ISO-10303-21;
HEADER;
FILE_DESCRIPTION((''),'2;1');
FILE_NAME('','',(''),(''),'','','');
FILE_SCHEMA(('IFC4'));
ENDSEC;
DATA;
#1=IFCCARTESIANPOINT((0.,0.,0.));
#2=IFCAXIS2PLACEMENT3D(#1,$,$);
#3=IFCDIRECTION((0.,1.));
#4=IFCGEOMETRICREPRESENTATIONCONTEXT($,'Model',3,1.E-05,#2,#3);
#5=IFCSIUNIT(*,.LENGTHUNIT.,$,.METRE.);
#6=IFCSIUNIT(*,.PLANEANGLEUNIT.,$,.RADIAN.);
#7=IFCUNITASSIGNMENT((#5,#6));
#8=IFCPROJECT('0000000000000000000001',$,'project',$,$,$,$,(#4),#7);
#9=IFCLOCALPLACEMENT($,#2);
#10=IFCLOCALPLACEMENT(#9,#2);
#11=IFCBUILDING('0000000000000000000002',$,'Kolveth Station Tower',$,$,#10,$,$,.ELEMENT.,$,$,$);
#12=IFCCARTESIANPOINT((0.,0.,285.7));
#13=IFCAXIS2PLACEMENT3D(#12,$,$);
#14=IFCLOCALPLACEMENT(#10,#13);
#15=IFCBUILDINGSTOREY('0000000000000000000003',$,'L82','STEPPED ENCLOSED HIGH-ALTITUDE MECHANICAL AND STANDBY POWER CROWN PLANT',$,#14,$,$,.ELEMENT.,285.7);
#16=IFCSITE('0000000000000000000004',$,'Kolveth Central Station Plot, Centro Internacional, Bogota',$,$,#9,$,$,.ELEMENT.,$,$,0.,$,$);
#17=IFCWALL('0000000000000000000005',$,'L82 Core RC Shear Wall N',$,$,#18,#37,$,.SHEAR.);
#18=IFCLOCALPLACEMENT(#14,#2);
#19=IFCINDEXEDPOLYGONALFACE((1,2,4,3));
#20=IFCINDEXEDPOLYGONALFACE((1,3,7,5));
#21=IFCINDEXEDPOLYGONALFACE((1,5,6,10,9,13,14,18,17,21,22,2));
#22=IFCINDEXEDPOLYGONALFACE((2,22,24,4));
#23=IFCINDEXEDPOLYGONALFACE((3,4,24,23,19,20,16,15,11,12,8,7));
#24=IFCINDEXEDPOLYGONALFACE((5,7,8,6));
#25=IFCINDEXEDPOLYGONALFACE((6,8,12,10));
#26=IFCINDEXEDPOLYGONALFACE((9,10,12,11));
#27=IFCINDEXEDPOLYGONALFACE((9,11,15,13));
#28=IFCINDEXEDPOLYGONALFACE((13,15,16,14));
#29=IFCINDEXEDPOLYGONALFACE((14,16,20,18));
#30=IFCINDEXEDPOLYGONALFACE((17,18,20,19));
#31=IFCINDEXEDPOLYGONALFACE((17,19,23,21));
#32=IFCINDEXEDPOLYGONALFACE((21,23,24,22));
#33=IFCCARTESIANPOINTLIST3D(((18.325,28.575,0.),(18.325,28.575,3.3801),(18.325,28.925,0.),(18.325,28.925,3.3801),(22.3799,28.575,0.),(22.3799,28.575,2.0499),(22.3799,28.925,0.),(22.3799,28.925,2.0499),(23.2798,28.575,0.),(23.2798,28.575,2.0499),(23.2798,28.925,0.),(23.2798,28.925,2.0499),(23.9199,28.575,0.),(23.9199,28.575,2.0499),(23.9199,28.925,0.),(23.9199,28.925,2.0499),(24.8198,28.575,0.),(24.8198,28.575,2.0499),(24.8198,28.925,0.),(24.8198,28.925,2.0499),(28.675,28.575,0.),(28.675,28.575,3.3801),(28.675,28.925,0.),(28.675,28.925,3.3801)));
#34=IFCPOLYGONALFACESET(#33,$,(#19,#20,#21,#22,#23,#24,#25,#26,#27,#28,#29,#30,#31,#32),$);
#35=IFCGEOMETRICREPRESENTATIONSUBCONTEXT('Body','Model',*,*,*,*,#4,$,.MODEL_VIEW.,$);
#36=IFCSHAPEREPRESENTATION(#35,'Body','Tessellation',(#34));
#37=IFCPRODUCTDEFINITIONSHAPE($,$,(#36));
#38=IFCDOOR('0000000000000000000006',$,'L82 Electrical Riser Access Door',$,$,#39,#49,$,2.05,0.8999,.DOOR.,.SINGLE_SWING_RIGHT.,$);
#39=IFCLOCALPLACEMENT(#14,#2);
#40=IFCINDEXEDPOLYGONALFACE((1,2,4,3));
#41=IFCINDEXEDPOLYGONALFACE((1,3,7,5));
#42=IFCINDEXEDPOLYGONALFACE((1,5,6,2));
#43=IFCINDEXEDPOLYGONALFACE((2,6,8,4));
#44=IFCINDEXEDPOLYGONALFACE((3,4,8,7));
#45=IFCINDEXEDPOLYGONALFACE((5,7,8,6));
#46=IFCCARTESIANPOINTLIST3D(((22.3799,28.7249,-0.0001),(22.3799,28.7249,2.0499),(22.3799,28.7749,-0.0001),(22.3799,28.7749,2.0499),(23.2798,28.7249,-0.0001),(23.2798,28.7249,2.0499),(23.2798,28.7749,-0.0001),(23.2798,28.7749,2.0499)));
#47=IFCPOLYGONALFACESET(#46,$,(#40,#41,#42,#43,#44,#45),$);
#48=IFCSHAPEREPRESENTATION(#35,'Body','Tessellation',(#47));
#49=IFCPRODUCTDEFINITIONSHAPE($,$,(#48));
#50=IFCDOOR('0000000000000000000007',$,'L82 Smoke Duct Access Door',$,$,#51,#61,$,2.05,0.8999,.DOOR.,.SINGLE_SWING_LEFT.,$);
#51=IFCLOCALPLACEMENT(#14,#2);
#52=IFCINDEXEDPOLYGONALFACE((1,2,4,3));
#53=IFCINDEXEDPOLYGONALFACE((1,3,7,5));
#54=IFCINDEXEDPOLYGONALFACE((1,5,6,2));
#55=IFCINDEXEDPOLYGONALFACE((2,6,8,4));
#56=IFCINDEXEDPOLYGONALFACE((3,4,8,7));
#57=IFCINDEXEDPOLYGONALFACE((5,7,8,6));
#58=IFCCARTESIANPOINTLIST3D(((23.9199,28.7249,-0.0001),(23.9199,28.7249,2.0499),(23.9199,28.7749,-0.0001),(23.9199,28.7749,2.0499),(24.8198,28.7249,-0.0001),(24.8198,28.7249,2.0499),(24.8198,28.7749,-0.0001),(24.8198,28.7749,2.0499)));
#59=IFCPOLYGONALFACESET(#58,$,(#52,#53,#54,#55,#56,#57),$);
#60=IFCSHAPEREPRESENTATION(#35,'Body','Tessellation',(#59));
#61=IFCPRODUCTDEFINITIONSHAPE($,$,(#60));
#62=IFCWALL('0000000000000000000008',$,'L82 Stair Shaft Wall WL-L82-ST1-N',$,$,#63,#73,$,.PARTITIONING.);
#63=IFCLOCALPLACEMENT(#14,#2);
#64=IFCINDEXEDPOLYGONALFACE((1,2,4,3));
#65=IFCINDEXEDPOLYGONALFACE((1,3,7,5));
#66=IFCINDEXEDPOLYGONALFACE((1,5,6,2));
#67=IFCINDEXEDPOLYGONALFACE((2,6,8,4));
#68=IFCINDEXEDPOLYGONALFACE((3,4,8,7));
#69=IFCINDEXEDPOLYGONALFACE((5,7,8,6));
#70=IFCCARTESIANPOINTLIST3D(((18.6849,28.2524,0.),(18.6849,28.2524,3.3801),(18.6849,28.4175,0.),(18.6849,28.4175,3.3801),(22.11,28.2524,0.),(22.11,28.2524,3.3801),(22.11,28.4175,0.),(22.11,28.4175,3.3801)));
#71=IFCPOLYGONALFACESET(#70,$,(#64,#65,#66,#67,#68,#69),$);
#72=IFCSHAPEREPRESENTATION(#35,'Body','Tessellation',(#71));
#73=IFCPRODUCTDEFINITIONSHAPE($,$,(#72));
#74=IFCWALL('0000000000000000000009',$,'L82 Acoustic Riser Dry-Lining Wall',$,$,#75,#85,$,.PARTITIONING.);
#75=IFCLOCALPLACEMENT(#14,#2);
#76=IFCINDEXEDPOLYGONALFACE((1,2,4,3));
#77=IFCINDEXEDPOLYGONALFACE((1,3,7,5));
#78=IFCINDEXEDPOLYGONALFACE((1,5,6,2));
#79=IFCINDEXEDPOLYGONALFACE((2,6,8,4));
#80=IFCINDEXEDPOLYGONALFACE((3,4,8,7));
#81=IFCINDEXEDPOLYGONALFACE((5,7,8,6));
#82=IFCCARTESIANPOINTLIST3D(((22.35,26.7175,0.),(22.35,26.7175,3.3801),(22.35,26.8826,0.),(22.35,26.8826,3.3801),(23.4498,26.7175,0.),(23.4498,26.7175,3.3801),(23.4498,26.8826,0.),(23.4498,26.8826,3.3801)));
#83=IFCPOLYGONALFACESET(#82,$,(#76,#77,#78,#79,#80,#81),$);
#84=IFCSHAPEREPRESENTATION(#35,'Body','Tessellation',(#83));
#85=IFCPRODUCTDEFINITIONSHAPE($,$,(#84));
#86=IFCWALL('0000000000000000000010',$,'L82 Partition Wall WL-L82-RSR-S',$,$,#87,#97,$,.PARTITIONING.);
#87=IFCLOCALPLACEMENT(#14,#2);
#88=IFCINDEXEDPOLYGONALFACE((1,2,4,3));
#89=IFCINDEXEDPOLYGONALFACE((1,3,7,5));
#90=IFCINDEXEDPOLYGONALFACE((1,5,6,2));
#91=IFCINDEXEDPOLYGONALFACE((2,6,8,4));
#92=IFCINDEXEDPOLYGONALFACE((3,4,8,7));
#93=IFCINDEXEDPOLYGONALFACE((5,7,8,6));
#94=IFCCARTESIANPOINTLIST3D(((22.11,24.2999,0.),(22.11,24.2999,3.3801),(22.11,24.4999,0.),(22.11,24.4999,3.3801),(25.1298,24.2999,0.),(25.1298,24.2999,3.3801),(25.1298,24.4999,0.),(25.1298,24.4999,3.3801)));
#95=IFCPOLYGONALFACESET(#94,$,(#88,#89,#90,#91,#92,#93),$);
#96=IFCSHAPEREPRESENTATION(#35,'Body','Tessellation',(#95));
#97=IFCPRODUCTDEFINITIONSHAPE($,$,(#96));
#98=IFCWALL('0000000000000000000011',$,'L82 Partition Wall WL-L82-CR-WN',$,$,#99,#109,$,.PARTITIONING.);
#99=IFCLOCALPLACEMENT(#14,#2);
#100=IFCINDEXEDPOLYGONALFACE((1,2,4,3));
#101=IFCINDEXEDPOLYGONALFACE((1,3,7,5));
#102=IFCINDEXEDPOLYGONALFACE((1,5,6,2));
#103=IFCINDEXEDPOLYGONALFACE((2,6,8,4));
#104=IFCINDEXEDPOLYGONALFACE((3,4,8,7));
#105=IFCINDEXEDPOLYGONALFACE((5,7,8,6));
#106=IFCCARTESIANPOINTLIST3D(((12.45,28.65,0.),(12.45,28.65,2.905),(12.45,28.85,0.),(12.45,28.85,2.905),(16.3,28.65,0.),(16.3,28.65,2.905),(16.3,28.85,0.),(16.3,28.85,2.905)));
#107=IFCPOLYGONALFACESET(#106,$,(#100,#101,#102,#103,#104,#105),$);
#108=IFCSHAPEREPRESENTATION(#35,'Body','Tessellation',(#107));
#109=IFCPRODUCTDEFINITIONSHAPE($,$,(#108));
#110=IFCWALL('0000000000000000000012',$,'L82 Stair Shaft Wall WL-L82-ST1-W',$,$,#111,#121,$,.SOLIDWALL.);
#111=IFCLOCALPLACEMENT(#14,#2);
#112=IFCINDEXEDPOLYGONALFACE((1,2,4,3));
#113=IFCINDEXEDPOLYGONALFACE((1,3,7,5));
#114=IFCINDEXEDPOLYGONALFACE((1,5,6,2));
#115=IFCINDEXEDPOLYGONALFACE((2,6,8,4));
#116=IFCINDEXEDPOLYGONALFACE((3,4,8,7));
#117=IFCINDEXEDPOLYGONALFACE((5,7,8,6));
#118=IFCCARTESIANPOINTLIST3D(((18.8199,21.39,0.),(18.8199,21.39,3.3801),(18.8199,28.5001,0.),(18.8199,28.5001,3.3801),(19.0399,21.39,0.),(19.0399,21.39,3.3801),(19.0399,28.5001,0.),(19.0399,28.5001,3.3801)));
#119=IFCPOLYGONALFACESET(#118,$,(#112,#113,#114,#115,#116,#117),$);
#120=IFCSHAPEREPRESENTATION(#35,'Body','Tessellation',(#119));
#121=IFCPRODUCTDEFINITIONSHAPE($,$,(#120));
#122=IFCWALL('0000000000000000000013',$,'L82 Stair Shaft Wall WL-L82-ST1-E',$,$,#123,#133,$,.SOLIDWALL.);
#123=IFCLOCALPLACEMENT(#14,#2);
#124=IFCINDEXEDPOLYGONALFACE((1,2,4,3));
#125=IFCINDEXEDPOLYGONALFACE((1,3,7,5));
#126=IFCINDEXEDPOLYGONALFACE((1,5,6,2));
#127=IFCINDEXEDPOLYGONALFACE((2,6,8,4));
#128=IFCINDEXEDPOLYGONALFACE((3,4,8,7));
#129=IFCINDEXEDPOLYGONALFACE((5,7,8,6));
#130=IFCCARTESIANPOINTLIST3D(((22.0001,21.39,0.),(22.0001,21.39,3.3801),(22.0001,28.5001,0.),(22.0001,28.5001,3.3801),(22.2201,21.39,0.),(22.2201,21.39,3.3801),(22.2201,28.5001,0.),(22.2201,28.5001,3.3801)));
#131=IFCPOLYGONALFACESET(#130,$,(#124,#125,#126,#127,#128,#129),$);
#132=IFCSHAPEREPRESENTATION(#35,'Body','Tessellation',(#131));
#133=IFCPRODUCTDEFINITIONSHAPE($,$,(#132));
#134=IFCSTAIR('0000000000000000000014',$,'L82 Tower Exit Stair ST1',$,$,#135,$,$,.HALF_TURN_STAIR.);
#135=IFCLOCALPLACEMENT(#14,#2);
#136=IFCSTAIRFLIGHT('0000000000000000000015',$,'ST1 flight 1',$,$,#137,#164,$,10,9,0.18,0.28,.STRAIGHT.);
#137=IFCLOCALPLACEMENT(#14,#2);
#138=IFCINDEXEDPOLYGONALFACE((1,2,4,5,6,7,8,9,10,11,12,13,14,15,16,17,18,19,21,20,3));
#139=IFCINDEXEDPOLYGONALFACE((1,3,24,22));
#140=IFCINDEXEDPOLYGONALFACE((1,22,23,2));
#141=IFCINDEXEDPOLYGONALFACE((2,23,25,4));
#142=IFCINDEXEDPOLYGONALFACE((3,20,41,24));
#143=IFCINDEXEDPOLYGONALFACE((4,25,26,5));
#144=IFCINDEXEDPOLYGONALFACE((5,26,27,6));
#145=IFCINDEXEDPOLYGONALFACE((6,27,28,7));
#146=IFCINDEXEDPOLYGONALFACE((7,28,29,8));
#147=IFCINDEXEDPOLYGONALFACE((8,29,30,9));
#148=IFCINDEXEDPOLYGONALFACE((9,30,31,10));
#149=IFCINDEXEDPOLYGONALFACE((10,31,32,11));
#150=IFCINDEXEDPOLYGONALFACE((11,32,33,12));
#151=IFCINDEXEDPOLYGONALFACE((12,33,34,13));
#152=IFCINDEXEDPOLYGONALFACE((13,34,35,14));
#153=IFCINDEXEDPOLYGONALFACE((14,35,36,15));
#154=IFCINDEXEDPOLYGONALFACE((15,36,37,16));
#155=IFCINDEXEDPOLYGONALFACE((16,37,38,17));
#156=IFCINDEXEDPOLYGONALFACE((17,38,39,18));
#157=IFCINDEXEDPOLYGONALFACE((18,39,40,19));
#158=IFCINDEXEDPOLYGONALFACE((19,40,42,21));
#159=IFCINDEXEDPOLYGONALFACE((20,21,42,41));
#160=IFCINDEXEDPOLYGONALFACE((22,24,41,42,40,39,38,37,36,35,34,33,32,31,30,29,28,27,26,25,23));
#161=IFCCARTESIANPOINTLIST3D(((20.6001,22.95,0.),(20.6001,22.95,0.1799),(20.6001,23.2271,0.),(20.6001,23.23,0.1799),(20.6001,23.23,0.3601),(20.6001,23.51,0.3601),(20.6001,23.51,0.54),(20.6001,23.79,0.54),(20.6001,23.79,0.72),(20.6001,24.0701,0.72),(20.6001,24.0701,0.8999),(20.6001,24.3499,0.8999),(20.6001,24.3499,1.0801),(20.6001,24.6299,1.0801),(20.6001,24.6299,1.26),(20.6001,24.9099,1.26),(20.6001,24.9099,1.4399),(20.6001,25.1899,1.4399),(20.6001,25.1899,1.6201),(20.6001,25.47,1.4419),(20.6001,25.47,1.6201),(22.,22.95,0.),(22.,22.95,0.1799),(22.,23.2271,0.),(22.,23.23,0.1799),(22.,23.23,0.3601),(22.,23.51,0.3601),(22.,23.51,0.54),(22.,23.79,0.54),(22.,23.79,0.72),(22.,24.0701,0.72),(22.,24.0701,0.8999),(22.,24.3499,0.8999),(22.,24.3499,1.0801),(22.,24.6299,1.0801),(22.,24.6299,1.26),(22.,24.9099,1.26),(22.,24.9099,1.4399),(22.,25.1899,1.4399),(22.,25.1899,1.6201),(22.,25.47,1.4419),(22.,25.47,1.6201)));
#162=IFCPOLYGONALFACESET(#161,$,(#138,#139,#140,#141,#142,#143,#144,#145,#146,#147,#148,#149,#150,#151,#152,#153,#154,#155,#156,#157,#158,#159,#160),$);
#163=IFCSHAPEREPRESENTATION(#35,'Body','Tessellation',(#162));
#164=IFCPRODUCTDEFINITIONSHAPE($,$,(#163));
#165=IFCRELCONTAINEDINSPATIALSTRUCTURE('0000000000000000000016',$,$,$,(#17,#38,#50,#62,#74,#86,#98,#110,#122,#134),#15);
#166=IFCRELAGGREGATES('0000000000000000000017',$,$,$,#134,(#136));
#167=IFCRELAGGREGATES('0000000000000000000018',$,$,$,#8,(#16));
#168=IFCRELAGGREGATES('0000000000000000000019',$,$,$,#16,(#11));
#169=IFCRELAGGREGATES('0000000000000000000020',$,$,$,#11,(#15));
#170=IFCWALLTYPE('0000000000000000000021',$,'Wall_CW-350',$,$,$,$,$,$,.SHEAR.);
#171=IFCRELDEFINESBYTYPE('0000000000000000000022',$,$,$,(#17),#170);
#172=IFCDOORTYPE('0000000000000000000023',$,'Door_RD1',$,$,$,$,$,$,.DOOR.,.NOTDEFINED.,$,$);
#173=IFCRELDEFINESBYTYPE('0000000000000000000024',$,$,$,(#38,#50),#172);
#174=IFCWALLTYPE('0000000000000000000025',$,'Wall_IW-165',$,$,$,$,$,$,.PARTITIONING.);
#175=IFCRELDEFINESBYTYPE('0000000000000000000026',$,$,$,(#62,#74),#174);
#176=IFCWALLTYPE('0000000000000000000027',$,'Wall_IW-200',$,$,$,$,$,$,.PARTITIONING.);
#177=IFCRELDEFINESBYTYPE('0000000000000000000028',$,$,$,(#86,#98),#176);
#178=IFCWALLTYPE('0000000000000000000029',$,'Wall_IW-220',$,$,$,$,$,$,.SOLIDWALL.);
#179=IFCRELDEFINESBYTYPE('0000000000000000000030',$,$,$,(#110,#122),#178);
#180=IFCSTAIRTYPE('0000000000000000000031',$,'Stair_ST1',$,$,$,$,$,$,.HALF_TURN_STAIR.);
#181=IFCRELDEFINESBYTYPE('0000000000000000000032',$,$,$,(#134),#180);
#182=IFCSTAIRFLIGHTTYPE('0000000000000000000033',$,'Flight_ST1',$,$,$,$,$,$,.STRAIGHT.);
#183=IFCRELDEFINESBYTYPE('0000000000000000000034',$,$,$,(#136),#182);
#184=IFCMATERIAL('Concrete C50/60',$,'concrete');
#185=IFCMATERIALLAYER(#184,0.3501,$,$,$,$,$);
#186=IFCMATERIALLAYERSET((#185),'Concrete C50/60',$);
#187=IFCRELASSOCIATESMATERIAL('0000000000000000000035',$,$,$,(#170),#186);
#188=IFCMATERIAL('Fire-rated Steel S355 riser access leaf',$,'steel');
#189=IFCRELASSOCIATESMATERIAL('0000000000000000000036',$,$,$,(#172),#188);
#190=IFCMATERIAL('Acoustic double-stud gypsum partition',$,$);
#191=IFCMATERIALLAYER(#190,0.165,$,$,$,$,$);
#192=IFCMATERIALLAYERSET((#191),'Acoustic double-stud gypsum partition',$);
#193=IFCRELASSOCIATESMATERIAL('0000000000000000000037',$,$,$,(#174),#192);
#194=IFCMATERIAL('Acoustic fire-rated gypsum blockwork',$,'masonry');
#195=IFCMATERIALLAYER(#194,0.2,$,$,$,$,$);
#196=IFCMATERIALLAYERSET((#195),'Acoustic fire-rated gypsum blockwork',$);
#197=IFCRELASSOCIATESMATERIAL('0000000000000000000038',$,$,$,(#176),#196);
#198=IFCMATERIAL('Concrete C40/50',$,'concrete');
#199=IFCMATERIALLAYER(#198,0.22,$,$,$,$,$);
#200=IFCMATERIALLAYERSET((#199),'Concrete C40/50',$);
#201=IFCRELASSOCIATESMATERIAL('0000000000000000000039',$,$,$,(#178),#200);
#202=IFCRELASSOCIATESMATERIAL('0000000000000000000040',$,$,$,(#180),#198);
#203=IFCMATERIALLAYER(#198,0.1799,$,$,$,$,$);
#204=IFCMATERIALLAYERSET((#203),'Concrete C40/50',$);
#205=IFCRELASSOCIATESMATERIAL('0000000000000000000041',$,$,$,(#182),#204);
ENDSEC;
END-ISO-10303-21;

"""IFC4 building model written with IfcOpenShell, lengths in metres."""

from ifc_helpers import new_model, si_unit, direction, frame, frame_2d, origin, place, context, subcontext, project, spatial, polyline, rectangle, outline, extrude, material, layer, layer_set, type_object, element, fill, aggregate, save


model = new_model("IFC4")

# Units and contexts
model_context = context("Model", 3, precision=1e-05, world=origin(), true_north=direction((0.0, 1.0)))
body_context = subcontext(model_context, "Body", "Model", "MODEL_VIEW")
ifc_project = project(units=[si_unit("LENGTHUNIT", "METRE"), si_unit("PLANEANGLEUNIT", "RADIAN")], contexts=[model_context])

# Site, building, storey
site_placement = place(None, origin())
site = spatial("IfcSite", under=ifc_project, at=site_placement, Name="Kolveth Central Station Plot, Centro Internacional, Bogota", CompositionType="ELEMENT", RefElevation=0.0)
building_placement = place(site_placement, origin())
building = spatial("IfcBuilding", under=site, at=building_placement, Name="Kolveth Station Tower", CompositionType="ELEMENT")
storey_placement = place(building_placement, frame((0.0, 0.0, 285.7)))
storey = spatial("IfcBuildingStorey", under=building, at=storey_placement, Name="L82", Description="STEPPED ENCLOSED HIGH-ALTITUDE MECHANICAL AND STANDBY POWER CROWN PLANT", CompositionType="ELEMENT", Elevation=285.7)

# Wall, openings, doors
ifc_material_1 = material(Name="Concrete C50/60", Category="concrete")
ifc_layer_1 = layer(ifc_material_1, 0.3501)
ifc_layer_set_1 = layer_set([ifc_layer_1], Name="Concrete C50/60")
wall_type_1 = type_object("IfcWallType", Name="Wall_CW-350", PredefinedType="SHEAR", material=ifc_layer_set_1)
wall_1_placement = place(storey_placement, frame((18.325, 28.75, 0.0), z_axis=(0.0, 0.0, 1.0), x_axis=(1.0, 0.0, 0.0)))
wall_1 = element("IfcWall", 1, at=wall_1_placement, inside=storey, type_object=wall_type_1, Name="L82 Core RC Shear Wall N", PredefinedType="SHEAR", context=body_context, shape_type="SweptSolid", body=[
    extrude(rectangle(XDim=10.3501, YDim=0.3501, at=frame_2d((5.175, 0.0))), origin(), (0.0, 0.0, 1.0), 3.3801),
])
opening_1_placement = place(wall_1_placement, frame((4.0549, 0.0, 0.0)))
opening_1 = element("IfcOpeningElement", 2, at=opening_1_placement, cuts=wall_1, PredefinedType="OPENING", context=body_context, shape_type="SweptSolid", body=[
    extrude(rectangle(XDim=0.8999, YDim=2.05, at=frame_2d((0.45, 1.0249))), frame((0.0, 0.1851, 0.0), z_axis=(0.0, -1.0, 0.0), x_axis=(1.0, 0.0, 0.0)), (0.0, 0.0, 1.0), 0.3701),
])
opening_2_placement = place(wall_1_placement, frame((5.595, 0.0, 0.0)))
opening_2 = element("IfcOpeningElement", 3, at=opening_2_placement, cuts=wall_1, PredefinedType="OPENING", context=body_context, shape_type="SweptSolid", body=[
    extrude(rectangle(XDim=0.8999, YDim=2.05, at=frame_2d((0.45, 1.0249))), frame((0.0, 0.1851, 0.0), z_axis=(0.0, -1.0, 0.0), x_axis=(1.0, 0.0, 0.0)), (0.0, 0.0, 1.0), 0.3701),
])
ifc_material_2 = material(Name="Fire-rated Steel S355 riser access leaf", Category="steel")
door_type_1 = type_object("IfcDoorType", Name="Door_RD1", OperationType="NOTDEFINED", PredefinedType="DOOR", material=ifc_material_2)
door_1_placement = place(opening_1_placement, origin())
door_1 = element("IfcDoor", 4, at=door_1_placement, inside=storey, type_object=door_type_1, Name="L82 Electrical Riser Access Door", OperationType="SINGLE_SWING_RIGHT", OverallHeight=2.05, OverallWidth=0.8999, PredefinedType="DOOR", context=body_context, shape_type="SweptSolid", body=[
    extrude(rectangle(XDim=0.8999, YDim=2.05, at=frame_2d((0.45, 1.0249))), frame((0.0, 0.0249, 0.0), z_axis=(0.0, -1.0, 0.0), x_axis=(1.0, 0.0, 0.0)), (0.0, 0.0, 1.0), 0.05),
])
fill(opening_1, door_1)
door_2_placement = place(opening_2_placement, origin())
door_2 = element("IfcDoor", 5, at=door_2_placement, inside=storey, type_object=door_type_1, Name="L82 Smoke Duct Access Door", OperationType="SINGLE_SWING_LEFT", OverallHeight=2.05, OverallWidth=0.8999, PredefinedType="DOOR", context=body_context, shape_type="SweptSolid", body=[
    extrude(rectangle(XDim=0.8999, YDim=2.05, at=frame_2d((0.45, 1.0249))), frame((0.0, 0.0249, 0.0), z_axis=(0.0, -1.0, 0.0), x_axis=(1.0, 0.0, 0.0)), (0.0, 0.0, 1.0), 0.05),
])
fill(opening_2, door_2)

# Walls
ifc_material_3 = material(Name="Acoustic double-stud gypsum partition")
ifc_layer_2 = layer(ifc_material_3, 0.165)
ifc_layer_set_2 = layer_set([ifc_layer_2], Name="Acoustic double-stud gypsum partition")
wall_type_2 = type_object("IfcWallType", Name="Wall_IW-165", PredefinedType="PARTITIONING", material=ifc_layer_set_2)
wall_2_placement = place(storey_placement, frame((18.6851, 28.335, 0.0), z_axis=(0.0, 0.0, 1.0), x_axis=(1.0, 0.0, 0.0)))
element("IfcWall", 6, at=wall_2_placement, inside=storey, type_object=wall_type_2, Name="L82 Stair Shaft Wall WL-L82-ST1-N", PredefinedType="PARTITIONING", context=body_context, shape_type="SweptSolid", body=[
    extrude(rectangle(XDim=3.425, YDim=0.165, at=frame_2d((1.7124, 0.0))), origin(), (0.0, 0.0, 1.0), 3.3801),
])
wall_3_placement = place(storey_placement, frame((22.3501, 26.8, 0.0), z_axis=(0.0, 0.0, 1.0), x_axis=(1.0, 0.0, 0.0)))
element("IfcWall", 7, at=wall_3_placement, inside=storey, type_object=wall_type_2, Name="L82 Acoustic Riser Dry-Lining Wall", PredefinedType="PARTITIONING", context=body_context, shape_type="SweptSolid", body=[
    extrude(rectangle(XDim=1.0999, YDim=0.165, at=frame_2d((0.5498, 0.0))), origin(), (0.0, 0.0, 1.0), 3.3801),
])
ifc_material_4 = material(Name="Acoustic fire-rated gypsum blockwork", Category="masonry")
ifc_layer_3 = layer(ifc_material_4, 0.2)
ifc_layer_set_3 = layer_set([ifc_layer_3], Name="Acoustic fire-rated gypsum blockwork")
wall_type_3 = type_object("IfcWallType", Name="Wall_IW-200", PredefinedType="PARTITIONING", material=ifc_layer_set_3)
wall_4_placement = place(storey_placement, frame((22.1101, 24.3999, 0.0), z_axis=(0.0, 0.0, 1.0), x_axis=(1.0, 0.0, 0.0)))
element("IfcWall", 8, at=wall_4_placement, inside=storey, type_object=wall_type_3, Name="L82 Partition Wall WL-L82-RSR-S", PredefinedType="PARTITIONING", context=body_context, shape_type="SweptSolid", body=[
    extrude(rectangle(XDim=3.0198, YDim=0.2, at=frame_2d((1.5098, 0.0))), origin(), (0.0, 0.0, 1.0), 3.3801),
])
wall_5_placement = place(storey_placement, frame((12.45, 28.75, 0.0), z_axis=(0.0, 0.0, 1.0), x_axis=(1.0, 0.0, 0.0)))
element("IfcWall", 9, at=wall_5_placement, inside=storey, type_object=wall_type_3, Name="L82 Partition Wall WL-L82-CR-WN", PredefinedType="PARTITIONING", context=body_context, shape_type="SweptSolid", body=[
    extrude(rectangle(XDim=3.8501, YDim=0.2, at=frame_2d((1.925, 0.0))), origin(), (0.0, 0.0, 1.0), 2.905),
])
ifc_material_5 = material(Name="Concrete C40/50", Category="concrete")
ifc_layer_4 = layer(ifc_material_5, 0.22)
ifc_layer_set_4 = layer_set([ifc_layer_4], Name="Concrete C40/50")
wall_type_4 = type_object("IfcWallType", Name="Wall_IW-220", PredefinedType="SOLIDWALL", material=ifc_layer_set_4)
for number, where, z_axis, x_axis, name in (
    (10, (18.9299, 21.3899, 0.0), (0.0, 0.0, 1.0), (0.0, 1.0, 0.0), "L82 Stair Shaft Wall WL-L82-ST1-W"),
    (11, (22.1101, 21.3899, 0.0), (0.0, 0.0, 1.0), (0.0, 1.0, 0.0), "L82 Stair Shaft Wall WL-L82-ST1-E"),
):
    element("IfcWall", number, at=place(storey_placement, frame(where, z_axis=z_axis, x_axis=x_axis)), inside=storey, type_object=wall_type_4, Name=name, PredefinedType="SOLIDWALL", context=body_context, shape_type="SweptSolid", body=[
        extrude(rectangle(XDim=7.1101, YDim=0.22, at=frame_2d((3.5552, 0.0))), origin(), (0.0, 0.0, 1.0), 3.3801),
    ])

# Stair, stair flight
stair_type = type_object("IfcStairType", Name="Stair_ST1", PredefinedType="HALF_TURN_STAIR", material=ifc_material_5)
stair_placement = place(storey_placement, origin())
stair = element("IfcStair", 12, at=stair_placement, inside=storey, type_object=stair_type, Name="L82 Tower Exit Stair ST1", PredefinedType="HALF_TURN_STAIR")
ifc_layer_5 = layer(ifc_material_5, 0.1799)
ifc_layer_set_5 = layer_set([ifc_layer_5], Name="Concrete C40/50")
stair_flight_type = type_object("IfcStairFlightType", Name="Flight_ST1", PredefinedType="STRAIGHT", material=ifc_layer_set_5)
stair_flight_1_placement = place(storey_placement, frame((21.3, 22.95, 0.0), z_axis=(0.0, 0.0, 1.0), x_axis=(0.0, 1.0, 0.0)))
stair_flight_1 = element("IfcStairFlight", 13, at=stair_flight_1_placement, type_object=stair_flight_type, Name="ST1 flight 1", NumberOfRisers=10, NumberOfTreads=9, PredefinedType="STRAIGHT", RiserHeight=0.18, TreadLength=0.28, context=body_context, shape_type="SweptSolid", body=[
    extrude(outline(polyline([(0.0, 0.0), (0.0, 0.1799), (0.28, 0.1799), (0.28, 0.3601), (0.5601, 0.3601), (0.5601, 0.54), (0.8401, 0.54), (0.8401, 0.72), (1.1201, 0.72), (1.1201, 0.8999), (1.3999, 0.8999), (1.3999, 1.0801), (1.6799, 1.0801), (1.6799, 1.26), (1.96, 1.26), (1.96, 1.4399), (2.24, 1.4399), (2.24, 1.6201), (2.52, 1.6201), (2.52, 1.8), (2.52, 1.4419), (0.2771, 0.0), (0.0, 0.0)])), frame((0.0, 0.7, 0.0), z_axis=(0.0, -1.0, 0.0), x_axis=(1.0, 0.0, 0.0)), (0.0, 0.0, 1.0), 1.3999),
])
aggregate(stair, [stair_flight_1])

save(model, "model.ifc")
